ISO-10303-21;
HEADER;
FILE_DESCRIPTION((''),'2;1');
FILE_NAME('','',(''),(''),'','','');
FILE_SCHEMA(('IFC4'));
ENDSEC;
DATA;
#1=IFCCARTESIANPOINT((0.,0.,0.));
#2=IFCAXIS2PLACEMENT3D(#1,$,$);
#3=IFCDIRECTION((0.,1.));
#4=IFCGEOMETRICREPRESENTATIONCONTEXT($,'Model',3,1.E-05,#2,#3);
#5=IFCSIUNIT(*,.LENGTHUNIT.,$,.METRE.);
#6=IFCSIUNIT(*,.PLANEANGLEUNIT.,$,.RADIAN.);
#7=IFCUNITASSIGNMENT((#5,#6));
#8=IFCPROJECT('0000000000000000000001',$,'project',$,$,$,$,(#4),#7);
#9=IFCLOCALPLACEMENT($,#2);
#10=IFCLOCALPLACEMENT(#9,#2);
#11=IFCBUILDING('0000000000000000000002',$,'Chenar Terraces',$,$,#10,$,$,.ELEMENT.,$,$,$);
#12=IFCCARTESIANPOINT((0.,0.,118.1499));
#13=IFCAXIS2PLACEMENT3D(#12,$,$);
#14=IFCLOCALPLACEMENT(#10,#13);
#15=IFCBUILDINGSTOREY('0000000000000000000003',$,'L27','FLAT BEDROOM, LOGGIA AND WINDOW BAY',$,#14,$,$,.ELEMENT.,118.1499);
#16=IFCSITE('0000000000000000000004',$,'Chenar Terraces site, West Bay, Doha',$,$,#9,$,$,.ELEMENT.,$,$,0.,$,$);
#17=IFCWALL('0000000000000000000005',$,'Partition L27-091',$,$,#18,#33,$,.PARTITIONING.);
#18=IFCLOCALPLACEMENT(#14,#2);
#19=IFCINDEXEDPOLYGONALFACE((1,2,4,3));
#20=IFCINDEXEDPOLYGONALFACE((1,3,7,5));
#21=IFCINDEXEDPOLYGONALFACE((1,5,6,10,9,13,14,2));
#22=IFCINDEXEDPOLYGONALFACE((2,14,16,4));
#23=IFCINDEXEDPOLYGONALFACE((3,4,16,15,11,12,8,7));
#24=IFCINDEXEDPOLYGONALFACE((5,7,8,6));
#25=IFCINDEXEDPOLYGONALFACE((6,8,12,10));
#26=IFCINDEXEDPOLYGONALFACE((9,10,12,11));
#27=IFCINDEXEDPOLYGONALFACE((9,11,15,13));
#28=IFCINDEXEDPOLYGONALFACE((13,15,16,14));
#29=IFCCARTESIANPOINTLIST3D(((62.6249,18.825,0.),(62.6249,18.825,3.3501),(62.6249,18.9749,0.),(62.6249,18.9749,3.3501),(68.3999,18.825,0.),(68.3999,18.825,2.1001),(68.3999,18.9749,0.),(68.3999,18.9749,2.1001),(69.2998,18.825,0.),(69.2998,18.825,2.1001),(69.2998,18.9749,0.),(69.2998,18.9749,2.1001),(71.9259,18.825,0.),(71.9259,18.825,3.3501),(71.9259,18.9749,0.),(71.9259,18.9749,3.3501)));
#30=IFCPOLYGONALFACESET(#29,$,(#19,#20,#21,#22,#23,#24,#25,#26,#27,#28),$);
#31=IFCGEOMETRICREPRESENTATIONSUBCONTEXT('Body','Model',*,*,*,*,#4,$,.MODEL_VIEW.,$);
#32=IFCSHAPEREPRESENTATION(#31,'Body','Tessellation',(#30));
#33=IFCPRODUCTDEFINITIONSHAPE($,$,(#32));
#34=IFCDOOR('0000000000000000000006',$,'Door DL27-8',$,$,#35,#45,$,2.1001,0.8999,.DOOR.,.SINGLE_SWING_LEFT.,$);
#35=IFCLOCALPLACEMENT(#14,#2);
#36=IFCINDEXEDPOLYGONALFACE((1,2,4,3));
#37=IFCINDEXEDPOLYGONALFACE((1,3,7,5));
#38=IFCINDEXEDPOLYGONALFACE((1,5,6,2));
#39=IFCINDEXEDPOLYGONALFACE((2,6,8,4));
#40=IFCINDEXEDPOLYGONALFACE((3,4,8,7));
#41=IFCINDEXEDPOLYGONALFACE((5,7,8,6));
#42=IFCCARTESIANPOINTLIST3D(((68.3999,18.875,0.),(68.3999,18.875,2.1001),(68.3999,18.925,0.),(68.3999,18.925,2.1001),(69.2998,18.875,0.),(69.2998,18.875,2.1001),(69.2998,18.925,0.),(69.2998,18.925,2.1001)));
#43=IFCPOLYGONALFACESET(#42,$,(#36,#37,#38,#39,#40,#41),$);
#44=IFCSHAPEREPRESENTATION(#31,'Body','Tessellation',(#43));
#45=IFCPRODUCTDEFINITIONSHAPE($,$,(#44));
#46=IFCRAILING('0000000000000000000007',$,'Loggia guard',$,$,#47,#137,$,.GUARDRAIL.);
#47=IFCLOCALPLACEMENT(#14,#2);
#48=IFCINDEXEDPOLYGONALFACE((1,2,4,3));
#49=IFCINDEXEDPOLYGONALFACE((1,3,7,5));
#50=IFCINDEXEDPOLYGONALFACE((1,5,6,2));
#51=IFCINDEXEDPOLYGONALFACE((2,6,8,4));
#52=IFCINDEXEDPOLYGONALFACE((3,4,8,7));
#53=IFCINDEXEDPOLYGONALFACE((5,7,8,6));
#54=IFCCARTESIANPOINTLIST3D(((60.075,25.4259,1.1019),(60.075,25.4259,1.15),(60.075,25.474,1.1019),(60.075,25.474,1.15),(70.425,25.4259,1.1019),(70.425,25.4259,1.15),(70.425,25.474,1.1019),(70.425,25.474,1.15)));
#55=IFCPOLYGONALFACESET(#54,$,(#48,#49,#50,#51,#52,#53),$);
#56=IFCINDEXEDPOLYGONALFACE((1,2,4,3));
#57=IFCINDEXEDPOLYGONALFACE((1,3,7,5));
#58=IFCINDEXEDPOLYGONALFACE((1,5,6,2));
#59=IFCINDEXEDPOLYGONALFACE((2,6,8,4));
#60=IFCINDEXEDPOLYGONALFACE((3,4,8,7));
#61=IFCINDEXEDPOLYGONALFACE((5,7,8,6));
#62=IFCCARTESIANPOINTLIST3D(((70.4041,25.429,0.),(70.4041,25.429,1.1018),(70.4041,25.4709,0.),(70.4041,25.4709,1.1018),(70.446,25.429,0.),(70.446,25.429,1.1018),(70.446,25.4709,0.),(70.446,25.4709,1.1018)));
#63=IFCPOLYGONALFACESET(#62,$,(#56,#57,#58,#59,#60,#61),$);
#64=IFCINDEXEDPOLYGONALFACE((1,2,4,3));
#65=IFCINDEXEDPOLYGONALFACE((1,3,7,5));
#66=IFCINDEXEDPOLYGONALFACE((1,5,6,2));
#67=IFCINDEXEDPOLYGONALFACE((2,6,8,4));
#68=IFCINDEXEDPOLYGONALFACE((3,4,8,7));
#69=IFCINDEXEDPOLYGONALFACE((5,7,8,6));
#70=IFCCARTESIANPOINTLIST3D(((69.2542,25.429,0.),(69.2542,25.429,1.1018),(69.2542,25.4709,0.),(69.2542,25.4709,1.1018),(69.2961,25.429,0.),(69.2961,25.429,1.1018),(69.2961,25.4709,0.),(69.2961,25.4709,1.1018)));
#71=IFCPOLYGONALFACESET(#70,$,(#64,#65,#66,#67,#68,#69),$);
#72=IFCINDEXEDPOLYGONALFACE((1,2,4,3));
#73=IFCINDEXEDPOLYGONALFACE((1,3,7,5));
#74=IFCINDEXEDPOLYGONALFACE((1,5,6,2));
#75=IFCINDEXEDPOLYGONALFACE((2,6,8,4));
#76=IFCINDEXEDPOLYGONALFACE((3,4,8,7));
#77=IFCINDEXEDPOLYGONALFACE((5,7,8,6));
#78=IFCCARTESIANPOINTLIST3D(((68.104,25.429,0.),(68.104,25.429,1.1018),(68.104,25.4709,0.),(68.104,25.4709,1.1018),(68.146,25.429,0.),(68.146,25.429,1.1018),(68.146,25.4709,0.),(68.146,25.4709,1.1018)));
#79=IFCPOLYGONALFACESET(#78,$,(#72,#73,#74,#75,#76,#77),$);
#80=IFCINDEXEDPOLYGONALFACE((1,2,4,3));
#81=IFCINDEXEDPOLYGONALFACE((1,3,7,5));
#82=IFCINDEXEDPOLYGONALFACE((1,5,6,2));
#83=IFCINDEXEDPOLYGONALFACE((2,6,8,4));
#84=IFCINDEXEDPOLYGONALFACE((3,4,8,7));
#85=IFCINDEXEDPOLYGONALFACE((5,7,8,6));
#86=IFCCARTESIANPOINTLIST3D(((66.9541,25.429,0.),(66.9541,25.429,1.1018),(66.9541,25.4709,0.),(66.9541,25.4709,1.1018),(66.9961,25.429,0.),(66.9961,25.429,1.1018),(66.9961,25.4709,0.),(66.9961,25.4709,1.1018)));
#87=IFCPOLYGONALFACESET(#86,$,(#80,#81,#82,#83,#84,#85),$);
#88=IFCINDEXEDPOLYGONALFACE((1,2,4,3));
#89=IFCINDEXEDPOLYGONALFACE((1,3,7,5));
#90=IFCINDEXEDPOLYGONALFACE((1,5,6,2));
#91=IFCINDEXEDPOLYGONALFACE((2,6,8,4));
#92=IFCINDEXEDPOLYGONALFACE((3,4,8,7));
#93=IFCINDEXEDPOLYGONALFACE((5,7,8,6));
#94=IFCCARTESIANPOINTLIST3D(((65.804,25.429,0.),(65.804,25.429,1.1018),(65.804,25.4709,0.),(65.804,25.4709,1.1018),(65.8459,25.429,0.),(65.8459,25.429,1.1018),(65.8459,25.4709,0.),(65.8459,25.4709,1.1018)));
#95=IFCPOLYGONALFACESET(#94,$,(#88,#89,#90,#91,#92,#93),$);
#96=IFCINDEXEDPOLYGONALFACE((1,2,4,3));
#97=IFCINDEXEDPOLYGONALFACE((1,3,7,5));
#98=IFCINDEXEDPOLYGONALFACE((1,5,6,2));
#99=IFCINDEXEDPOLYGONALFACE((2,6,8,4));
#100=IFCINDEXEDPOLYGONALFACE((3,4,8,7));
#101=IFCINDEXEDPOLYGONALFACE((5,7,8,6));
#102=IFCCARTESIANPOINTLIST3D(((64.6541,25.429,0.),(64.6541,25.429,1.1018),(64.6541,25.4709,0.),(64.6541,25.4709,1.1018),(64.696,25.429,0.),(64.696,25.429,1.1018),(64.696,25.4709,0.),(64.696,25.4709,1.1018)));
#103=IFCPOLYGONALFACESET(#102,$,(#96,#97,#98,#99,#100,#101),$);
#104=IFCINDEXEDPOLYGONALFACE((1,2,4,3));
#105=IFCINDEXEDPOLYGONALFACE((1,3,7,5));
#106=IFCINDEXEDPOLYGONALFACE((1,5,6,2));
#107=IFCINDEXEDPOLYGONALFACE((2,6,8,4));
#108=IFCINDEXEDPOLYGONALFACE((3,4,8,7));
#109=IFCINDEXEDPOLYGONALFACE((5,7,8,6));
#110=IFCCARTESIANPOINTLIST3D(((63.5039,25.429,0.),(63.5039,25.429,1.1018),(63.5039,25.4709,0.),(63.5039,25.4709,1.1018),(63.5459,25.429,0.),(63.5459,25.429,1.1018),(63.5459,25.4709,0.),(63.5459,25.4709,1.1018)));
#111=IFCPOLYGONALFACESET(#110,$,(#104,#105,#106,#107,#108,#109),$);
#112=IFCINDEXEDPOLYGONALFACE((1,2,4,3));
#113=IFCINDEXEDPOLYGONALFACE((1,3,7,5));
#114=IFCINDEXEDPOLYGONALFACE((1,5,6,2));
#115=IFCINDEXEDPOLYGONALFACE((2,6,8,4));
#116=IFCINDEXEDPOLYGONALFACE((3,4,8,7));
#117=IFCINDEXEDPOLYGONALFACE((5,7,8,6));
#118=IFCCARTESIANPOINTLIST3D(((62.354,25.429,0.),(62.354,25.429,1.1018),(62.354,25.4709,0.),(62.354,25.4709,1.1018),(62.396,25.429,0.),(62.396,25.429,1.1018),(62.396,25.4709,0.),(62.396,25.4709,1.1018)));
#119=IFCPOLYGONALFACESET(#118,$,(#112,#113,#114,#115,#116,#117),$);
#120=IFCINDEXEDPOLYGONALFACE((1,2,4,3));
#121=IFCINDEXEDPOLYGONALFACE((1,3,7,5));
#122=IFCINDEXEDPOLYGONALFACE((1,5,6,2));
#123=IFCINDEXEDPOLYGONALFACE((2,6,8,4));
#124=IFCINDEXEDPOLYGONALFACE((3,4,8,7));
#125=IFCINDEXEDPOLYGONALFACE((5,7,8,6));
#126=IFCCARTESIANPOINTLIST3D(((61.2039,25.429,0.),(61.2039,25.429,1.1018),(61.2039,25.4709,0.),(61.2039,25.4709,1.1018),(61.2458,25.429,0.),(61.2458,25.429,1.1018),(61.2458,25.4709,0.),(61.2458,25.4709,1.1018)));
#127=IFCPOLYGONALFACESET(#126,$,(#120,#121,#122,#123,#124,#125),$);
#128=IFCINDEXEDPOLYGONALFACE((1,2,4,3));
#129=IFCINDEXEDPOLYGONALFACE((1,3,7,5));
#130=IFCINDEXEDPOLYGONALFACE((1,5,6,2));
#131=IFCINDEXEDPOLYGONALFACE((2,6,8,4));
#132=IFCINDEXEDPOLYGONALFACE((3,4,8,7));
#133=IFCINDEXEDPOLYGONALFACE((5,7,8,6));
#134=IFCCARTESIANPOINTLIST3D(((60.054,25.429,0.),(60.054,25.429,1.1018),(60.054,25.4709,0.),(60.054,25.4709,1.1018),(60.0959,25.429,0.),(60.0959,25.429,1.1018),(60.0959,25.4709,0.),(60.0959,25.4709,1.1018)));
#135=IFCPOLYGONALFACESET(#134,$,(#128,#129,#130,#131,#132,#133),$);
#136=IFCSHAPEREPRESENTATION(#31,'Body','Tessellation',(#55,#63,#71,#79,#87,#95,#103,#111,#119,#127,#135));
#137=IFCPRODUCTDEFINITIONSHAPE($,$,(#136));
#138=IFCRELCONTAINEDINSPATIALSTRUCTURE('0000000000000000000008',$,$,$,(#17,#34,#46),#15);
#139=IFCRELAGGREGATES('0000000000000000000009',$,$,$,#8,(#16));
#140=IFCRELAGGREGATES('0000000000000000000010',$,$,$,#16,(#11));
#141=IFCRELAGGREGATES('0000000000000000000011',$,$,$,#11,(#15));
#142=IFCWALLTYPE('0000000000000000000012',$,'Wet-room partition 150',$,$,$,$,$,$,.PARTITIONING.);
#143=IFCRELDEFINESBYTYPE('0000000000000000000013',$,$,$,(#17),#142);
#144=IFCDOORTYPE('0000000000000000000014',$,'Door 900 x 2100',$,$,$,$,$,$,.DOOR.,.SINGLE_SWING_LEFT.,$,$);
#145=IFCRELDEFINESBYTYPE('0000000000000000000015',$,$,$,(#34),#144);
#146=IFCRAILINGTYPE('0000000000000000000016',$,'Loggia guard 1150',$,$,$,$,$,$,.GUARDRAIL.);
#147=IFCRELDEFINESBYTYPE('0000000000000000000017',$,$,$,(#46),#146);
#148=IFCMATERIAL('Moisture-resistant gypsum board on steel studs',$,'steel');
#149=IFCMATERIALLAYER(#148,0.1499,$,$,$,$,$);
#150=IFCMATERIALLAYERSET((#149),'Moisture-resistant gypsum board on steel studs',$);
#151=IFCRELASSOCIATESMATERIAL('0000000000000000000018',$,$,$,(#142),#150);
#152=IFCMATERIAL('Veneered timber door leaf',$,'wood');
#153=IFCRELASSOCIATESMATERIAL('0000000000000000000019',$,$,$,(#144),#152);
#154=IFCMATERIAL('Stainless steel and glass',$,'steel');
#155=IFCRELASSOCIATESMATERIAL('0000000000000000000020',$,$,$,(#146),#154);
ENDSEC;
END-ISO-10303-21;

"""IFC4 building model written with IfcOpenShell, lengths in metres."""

from ifc_helpers import new_model, si_unit, direction, frame, frame_2d, origin, origin_2d, place, context, subcontext, project, spatial, rectangle, extrude, material, layer, layer_set, type_object, element, fill, save


model = new_model("IFC4")

# Units and contexts
model_context = context("Model", 3, precision=1e-05, world=origin(), true_north=direction((0.0, 1.0)))
body_context = subcontext(model_context, "Body", "Model", "MODEL_VIEW")
ifc_project = project(units=[si_unit("LENGTHUNIT", "METRE"), si_unit("PLANEANGLEUNIT", "RADIAN")], contexts=[model_context])

# Site, building, storey
site_placement = place(None, origin())
site = spatial("IfcSite", under=ifc_project, at=site_placement, Name="Chenar Terraces site, West Bay, Doha", CompositionType="ELEMENT", RefElevation=0.0)
building_placement = place(site_placement, origin())
building = spatial("IfcBuilding", under=site, at=building_placement, Name="Chenar Terraces", CompositionType="ELEMENT")
storey_placement = place(building_placement, frame((0.0, 0.0, 118.1499)))
storey = spatial("IfcBuildingStorey", under=building, at=storey_placement, Name="L27", Description="FLAT BEDROOM, LOGGIA AND WINDOW BAY", CompositionType="ELEMENT", Elevation=118.1499)

# Wall, opening, door
ifc_material_1 = material(Name="Moisture-resistant gypsum board on steel studs", Category="steel")
ifc_layer_1 = layer(ifc_material_1, 0.1499)
ifc_layer_set_1 = layer_set([ifc_layer_1], Name="Moisture-resistant gypsum board on steel studs")
wall_type_1 = type_object("IfcWallType", Name="Wet-room partition 150", PredefinedType="PARTITIONING", material=ifc_layer_set_1)
wall_1_placement = place(storey_placement, frame((62.625, 18.8999, 0.0), z_axis=(0.0, 0.0, 1.0), x_axis=(1.0, 0.0, 0.0)))
wall_1 = element("IfcWall", 1, at=wall_1_placement, inside=storey, type_object=wall_type_1, Name="Partition L27-091", PredefinedType="PARTITIONING", context=body_context, shape_type="SweptSolid", body=[
    extrude(rectangle(XDim=9.301, YDim=0.1499, at=frame_2d((4.6504, 0.0))), origin(), (0.0, 0.0, 1.0), 3.3501),
])
opening_1_placement = place(wall_1_placement, frame((5.7749, 0.0, 0.0)))
opening_1 = element("IfcOpeningElement", 2, at=opening_1_placement, cuts=wall_1, PredefinedType="OPENING", context=body_context, shape_type="SweptSolid", body=[
    extrude(rectangle(XDim=0.8999, YDim=2.1001, at=frame_2d((0.45, 1.05))), frame((0.0, 0.085, 0.0), z_axis=(0.0, -1.0, 0.0), x_axis=(1.0, 0.0, 0.0)), (0.0, 0.0, 1.0), 0.1699),
])
ifc_material_2 = material(Name="Veneered timber door leaf", Category="wood")
door_type_1 = type_object("IfcDoorType", Name="Door 900 x 2100", OperationType="SINGLE_SWING_LEFT", PredefinedType="DOOR", material=ifc_material_2)
door_1_placement = place(opening_1_placement, frame((0.8999, 0.0, 0.0), z_axis=(0.0, 0.0, 1.0), x_axis=(-1.0, 0.0, 0.0)))
door_1 = element("IfcDoor", 3, at=door_1_placement, inside=storey, type_object=door_type_1, Name="Door DL27-8", OperationType="SINGLE_SWING_LEFT", OverallHeight=2.1001, OverallWidth=0.8999, PredefinedType="DOOR", context=body_context, shape_type="SweptSolid", body=[
    extrude(rectangle(XDim=0.8999, YDim=2.1001, at=frame_2d((0.45, 1.05))), frame((0.0, 0.0249, 0.0), z_axis=(0.0, -1.0, 0.0), x_axis=(1.0, 0.0, 0.0)), (0.0, 0.0, 1.0), 0.05),
])
fill(opening_1, door_1)

# Railing
ifc_material_3 = material(Name="Stainless steel and glass", Category="steel")
railing_type = type_object("IfcRailingType", Name="Loggia guard 1150", PredefinedType="GUARDRAIL", material=ifc_material_3)
railing_placement = place(storey_placement, frame((70.425, 25.45, 0.0)))
element("IfcRailing", 4, at=railing_placement, inside=storey, type_object=railing_type, Name="Loggia guard", PredefinedType="GUARDRAIL", context=body_context, shape_type="SweptSolid", body=[
    extrude(rectangle(XDim=0.0481, YDim=0.0481, at=origin_2d()), frame((0.0, 0.0, 1.126), z_axis=(-1.0, 0.0, 0.0), x_axis=(0.0, -1.0, 0.0)), (0.0, 0.0, 1.0), 10.3501),
    extrude(rectangle(XDim=0.042, YDim=0.042, at=origin_2d()), origin(), (0.0, 0.0, 1.0), 1.1018),
    extrude(rectangle(XDim=0.042, YDim=0.042, at=origin_2d()), frame((-1.1499, 0.0, 0.0)), (0.0, 0.0, 1.0), 1.1018),
    extrude(rectangle(XDim=0.042, YDim=0.042, at=origin_2d()), frame((-2.3, 0.0, 0.0)), (0.0, 0.0, 1.0), 1.1018),
    extrude(rectangle(XDim=0.042, YDim=0.042, at=origin_2d()), frame((-3.45, 0.0, 0.0)), (0.0, 0.0, 1.0), 1.1018),
    extrude(rectangle(XDim=0.042, YDim=0.042, at=origin_2d()), frame((-4.6001, 0.0, 0.0)), (0.0, 0.0, 1.0), 1.1018),
    extrude(rectangle(XDim=0.042, YDim=0.042, at=origin_2d()), frame((-5.75, 0.0, 0.0)), (0.0, 0.0, 1.0), 1.1018),
    extrude(rectangle(XDim=0.042, YDim=0.042, at=origin_2d()), frame((-6.9001, 0.0, 0.0)), (0.0, 0.0, 1.0), 1.1018),
    extrude(rectangle(XDim=0.042, YDim=0.042, at=origin_2d()), frame((-8.05, 0.0, 0.0)), (0.0, 0.0, 1.0), 1.1018),
    extrude(rectangle(XDim=0.042, YDim=0.042, at=origin_2d()), frame((-9.2002, 0.0, 0.0)), (0.0, 0.0, 1.0), 1.1018),
    extrude(rectangle(XDim=0.042, YDim=0.042, at=origin_2d()), frame((-10.3501, 0.0, 0.0)), (0.0, 0.0, 1.0), 1.1018),
])

save(model, "model.ifc")
